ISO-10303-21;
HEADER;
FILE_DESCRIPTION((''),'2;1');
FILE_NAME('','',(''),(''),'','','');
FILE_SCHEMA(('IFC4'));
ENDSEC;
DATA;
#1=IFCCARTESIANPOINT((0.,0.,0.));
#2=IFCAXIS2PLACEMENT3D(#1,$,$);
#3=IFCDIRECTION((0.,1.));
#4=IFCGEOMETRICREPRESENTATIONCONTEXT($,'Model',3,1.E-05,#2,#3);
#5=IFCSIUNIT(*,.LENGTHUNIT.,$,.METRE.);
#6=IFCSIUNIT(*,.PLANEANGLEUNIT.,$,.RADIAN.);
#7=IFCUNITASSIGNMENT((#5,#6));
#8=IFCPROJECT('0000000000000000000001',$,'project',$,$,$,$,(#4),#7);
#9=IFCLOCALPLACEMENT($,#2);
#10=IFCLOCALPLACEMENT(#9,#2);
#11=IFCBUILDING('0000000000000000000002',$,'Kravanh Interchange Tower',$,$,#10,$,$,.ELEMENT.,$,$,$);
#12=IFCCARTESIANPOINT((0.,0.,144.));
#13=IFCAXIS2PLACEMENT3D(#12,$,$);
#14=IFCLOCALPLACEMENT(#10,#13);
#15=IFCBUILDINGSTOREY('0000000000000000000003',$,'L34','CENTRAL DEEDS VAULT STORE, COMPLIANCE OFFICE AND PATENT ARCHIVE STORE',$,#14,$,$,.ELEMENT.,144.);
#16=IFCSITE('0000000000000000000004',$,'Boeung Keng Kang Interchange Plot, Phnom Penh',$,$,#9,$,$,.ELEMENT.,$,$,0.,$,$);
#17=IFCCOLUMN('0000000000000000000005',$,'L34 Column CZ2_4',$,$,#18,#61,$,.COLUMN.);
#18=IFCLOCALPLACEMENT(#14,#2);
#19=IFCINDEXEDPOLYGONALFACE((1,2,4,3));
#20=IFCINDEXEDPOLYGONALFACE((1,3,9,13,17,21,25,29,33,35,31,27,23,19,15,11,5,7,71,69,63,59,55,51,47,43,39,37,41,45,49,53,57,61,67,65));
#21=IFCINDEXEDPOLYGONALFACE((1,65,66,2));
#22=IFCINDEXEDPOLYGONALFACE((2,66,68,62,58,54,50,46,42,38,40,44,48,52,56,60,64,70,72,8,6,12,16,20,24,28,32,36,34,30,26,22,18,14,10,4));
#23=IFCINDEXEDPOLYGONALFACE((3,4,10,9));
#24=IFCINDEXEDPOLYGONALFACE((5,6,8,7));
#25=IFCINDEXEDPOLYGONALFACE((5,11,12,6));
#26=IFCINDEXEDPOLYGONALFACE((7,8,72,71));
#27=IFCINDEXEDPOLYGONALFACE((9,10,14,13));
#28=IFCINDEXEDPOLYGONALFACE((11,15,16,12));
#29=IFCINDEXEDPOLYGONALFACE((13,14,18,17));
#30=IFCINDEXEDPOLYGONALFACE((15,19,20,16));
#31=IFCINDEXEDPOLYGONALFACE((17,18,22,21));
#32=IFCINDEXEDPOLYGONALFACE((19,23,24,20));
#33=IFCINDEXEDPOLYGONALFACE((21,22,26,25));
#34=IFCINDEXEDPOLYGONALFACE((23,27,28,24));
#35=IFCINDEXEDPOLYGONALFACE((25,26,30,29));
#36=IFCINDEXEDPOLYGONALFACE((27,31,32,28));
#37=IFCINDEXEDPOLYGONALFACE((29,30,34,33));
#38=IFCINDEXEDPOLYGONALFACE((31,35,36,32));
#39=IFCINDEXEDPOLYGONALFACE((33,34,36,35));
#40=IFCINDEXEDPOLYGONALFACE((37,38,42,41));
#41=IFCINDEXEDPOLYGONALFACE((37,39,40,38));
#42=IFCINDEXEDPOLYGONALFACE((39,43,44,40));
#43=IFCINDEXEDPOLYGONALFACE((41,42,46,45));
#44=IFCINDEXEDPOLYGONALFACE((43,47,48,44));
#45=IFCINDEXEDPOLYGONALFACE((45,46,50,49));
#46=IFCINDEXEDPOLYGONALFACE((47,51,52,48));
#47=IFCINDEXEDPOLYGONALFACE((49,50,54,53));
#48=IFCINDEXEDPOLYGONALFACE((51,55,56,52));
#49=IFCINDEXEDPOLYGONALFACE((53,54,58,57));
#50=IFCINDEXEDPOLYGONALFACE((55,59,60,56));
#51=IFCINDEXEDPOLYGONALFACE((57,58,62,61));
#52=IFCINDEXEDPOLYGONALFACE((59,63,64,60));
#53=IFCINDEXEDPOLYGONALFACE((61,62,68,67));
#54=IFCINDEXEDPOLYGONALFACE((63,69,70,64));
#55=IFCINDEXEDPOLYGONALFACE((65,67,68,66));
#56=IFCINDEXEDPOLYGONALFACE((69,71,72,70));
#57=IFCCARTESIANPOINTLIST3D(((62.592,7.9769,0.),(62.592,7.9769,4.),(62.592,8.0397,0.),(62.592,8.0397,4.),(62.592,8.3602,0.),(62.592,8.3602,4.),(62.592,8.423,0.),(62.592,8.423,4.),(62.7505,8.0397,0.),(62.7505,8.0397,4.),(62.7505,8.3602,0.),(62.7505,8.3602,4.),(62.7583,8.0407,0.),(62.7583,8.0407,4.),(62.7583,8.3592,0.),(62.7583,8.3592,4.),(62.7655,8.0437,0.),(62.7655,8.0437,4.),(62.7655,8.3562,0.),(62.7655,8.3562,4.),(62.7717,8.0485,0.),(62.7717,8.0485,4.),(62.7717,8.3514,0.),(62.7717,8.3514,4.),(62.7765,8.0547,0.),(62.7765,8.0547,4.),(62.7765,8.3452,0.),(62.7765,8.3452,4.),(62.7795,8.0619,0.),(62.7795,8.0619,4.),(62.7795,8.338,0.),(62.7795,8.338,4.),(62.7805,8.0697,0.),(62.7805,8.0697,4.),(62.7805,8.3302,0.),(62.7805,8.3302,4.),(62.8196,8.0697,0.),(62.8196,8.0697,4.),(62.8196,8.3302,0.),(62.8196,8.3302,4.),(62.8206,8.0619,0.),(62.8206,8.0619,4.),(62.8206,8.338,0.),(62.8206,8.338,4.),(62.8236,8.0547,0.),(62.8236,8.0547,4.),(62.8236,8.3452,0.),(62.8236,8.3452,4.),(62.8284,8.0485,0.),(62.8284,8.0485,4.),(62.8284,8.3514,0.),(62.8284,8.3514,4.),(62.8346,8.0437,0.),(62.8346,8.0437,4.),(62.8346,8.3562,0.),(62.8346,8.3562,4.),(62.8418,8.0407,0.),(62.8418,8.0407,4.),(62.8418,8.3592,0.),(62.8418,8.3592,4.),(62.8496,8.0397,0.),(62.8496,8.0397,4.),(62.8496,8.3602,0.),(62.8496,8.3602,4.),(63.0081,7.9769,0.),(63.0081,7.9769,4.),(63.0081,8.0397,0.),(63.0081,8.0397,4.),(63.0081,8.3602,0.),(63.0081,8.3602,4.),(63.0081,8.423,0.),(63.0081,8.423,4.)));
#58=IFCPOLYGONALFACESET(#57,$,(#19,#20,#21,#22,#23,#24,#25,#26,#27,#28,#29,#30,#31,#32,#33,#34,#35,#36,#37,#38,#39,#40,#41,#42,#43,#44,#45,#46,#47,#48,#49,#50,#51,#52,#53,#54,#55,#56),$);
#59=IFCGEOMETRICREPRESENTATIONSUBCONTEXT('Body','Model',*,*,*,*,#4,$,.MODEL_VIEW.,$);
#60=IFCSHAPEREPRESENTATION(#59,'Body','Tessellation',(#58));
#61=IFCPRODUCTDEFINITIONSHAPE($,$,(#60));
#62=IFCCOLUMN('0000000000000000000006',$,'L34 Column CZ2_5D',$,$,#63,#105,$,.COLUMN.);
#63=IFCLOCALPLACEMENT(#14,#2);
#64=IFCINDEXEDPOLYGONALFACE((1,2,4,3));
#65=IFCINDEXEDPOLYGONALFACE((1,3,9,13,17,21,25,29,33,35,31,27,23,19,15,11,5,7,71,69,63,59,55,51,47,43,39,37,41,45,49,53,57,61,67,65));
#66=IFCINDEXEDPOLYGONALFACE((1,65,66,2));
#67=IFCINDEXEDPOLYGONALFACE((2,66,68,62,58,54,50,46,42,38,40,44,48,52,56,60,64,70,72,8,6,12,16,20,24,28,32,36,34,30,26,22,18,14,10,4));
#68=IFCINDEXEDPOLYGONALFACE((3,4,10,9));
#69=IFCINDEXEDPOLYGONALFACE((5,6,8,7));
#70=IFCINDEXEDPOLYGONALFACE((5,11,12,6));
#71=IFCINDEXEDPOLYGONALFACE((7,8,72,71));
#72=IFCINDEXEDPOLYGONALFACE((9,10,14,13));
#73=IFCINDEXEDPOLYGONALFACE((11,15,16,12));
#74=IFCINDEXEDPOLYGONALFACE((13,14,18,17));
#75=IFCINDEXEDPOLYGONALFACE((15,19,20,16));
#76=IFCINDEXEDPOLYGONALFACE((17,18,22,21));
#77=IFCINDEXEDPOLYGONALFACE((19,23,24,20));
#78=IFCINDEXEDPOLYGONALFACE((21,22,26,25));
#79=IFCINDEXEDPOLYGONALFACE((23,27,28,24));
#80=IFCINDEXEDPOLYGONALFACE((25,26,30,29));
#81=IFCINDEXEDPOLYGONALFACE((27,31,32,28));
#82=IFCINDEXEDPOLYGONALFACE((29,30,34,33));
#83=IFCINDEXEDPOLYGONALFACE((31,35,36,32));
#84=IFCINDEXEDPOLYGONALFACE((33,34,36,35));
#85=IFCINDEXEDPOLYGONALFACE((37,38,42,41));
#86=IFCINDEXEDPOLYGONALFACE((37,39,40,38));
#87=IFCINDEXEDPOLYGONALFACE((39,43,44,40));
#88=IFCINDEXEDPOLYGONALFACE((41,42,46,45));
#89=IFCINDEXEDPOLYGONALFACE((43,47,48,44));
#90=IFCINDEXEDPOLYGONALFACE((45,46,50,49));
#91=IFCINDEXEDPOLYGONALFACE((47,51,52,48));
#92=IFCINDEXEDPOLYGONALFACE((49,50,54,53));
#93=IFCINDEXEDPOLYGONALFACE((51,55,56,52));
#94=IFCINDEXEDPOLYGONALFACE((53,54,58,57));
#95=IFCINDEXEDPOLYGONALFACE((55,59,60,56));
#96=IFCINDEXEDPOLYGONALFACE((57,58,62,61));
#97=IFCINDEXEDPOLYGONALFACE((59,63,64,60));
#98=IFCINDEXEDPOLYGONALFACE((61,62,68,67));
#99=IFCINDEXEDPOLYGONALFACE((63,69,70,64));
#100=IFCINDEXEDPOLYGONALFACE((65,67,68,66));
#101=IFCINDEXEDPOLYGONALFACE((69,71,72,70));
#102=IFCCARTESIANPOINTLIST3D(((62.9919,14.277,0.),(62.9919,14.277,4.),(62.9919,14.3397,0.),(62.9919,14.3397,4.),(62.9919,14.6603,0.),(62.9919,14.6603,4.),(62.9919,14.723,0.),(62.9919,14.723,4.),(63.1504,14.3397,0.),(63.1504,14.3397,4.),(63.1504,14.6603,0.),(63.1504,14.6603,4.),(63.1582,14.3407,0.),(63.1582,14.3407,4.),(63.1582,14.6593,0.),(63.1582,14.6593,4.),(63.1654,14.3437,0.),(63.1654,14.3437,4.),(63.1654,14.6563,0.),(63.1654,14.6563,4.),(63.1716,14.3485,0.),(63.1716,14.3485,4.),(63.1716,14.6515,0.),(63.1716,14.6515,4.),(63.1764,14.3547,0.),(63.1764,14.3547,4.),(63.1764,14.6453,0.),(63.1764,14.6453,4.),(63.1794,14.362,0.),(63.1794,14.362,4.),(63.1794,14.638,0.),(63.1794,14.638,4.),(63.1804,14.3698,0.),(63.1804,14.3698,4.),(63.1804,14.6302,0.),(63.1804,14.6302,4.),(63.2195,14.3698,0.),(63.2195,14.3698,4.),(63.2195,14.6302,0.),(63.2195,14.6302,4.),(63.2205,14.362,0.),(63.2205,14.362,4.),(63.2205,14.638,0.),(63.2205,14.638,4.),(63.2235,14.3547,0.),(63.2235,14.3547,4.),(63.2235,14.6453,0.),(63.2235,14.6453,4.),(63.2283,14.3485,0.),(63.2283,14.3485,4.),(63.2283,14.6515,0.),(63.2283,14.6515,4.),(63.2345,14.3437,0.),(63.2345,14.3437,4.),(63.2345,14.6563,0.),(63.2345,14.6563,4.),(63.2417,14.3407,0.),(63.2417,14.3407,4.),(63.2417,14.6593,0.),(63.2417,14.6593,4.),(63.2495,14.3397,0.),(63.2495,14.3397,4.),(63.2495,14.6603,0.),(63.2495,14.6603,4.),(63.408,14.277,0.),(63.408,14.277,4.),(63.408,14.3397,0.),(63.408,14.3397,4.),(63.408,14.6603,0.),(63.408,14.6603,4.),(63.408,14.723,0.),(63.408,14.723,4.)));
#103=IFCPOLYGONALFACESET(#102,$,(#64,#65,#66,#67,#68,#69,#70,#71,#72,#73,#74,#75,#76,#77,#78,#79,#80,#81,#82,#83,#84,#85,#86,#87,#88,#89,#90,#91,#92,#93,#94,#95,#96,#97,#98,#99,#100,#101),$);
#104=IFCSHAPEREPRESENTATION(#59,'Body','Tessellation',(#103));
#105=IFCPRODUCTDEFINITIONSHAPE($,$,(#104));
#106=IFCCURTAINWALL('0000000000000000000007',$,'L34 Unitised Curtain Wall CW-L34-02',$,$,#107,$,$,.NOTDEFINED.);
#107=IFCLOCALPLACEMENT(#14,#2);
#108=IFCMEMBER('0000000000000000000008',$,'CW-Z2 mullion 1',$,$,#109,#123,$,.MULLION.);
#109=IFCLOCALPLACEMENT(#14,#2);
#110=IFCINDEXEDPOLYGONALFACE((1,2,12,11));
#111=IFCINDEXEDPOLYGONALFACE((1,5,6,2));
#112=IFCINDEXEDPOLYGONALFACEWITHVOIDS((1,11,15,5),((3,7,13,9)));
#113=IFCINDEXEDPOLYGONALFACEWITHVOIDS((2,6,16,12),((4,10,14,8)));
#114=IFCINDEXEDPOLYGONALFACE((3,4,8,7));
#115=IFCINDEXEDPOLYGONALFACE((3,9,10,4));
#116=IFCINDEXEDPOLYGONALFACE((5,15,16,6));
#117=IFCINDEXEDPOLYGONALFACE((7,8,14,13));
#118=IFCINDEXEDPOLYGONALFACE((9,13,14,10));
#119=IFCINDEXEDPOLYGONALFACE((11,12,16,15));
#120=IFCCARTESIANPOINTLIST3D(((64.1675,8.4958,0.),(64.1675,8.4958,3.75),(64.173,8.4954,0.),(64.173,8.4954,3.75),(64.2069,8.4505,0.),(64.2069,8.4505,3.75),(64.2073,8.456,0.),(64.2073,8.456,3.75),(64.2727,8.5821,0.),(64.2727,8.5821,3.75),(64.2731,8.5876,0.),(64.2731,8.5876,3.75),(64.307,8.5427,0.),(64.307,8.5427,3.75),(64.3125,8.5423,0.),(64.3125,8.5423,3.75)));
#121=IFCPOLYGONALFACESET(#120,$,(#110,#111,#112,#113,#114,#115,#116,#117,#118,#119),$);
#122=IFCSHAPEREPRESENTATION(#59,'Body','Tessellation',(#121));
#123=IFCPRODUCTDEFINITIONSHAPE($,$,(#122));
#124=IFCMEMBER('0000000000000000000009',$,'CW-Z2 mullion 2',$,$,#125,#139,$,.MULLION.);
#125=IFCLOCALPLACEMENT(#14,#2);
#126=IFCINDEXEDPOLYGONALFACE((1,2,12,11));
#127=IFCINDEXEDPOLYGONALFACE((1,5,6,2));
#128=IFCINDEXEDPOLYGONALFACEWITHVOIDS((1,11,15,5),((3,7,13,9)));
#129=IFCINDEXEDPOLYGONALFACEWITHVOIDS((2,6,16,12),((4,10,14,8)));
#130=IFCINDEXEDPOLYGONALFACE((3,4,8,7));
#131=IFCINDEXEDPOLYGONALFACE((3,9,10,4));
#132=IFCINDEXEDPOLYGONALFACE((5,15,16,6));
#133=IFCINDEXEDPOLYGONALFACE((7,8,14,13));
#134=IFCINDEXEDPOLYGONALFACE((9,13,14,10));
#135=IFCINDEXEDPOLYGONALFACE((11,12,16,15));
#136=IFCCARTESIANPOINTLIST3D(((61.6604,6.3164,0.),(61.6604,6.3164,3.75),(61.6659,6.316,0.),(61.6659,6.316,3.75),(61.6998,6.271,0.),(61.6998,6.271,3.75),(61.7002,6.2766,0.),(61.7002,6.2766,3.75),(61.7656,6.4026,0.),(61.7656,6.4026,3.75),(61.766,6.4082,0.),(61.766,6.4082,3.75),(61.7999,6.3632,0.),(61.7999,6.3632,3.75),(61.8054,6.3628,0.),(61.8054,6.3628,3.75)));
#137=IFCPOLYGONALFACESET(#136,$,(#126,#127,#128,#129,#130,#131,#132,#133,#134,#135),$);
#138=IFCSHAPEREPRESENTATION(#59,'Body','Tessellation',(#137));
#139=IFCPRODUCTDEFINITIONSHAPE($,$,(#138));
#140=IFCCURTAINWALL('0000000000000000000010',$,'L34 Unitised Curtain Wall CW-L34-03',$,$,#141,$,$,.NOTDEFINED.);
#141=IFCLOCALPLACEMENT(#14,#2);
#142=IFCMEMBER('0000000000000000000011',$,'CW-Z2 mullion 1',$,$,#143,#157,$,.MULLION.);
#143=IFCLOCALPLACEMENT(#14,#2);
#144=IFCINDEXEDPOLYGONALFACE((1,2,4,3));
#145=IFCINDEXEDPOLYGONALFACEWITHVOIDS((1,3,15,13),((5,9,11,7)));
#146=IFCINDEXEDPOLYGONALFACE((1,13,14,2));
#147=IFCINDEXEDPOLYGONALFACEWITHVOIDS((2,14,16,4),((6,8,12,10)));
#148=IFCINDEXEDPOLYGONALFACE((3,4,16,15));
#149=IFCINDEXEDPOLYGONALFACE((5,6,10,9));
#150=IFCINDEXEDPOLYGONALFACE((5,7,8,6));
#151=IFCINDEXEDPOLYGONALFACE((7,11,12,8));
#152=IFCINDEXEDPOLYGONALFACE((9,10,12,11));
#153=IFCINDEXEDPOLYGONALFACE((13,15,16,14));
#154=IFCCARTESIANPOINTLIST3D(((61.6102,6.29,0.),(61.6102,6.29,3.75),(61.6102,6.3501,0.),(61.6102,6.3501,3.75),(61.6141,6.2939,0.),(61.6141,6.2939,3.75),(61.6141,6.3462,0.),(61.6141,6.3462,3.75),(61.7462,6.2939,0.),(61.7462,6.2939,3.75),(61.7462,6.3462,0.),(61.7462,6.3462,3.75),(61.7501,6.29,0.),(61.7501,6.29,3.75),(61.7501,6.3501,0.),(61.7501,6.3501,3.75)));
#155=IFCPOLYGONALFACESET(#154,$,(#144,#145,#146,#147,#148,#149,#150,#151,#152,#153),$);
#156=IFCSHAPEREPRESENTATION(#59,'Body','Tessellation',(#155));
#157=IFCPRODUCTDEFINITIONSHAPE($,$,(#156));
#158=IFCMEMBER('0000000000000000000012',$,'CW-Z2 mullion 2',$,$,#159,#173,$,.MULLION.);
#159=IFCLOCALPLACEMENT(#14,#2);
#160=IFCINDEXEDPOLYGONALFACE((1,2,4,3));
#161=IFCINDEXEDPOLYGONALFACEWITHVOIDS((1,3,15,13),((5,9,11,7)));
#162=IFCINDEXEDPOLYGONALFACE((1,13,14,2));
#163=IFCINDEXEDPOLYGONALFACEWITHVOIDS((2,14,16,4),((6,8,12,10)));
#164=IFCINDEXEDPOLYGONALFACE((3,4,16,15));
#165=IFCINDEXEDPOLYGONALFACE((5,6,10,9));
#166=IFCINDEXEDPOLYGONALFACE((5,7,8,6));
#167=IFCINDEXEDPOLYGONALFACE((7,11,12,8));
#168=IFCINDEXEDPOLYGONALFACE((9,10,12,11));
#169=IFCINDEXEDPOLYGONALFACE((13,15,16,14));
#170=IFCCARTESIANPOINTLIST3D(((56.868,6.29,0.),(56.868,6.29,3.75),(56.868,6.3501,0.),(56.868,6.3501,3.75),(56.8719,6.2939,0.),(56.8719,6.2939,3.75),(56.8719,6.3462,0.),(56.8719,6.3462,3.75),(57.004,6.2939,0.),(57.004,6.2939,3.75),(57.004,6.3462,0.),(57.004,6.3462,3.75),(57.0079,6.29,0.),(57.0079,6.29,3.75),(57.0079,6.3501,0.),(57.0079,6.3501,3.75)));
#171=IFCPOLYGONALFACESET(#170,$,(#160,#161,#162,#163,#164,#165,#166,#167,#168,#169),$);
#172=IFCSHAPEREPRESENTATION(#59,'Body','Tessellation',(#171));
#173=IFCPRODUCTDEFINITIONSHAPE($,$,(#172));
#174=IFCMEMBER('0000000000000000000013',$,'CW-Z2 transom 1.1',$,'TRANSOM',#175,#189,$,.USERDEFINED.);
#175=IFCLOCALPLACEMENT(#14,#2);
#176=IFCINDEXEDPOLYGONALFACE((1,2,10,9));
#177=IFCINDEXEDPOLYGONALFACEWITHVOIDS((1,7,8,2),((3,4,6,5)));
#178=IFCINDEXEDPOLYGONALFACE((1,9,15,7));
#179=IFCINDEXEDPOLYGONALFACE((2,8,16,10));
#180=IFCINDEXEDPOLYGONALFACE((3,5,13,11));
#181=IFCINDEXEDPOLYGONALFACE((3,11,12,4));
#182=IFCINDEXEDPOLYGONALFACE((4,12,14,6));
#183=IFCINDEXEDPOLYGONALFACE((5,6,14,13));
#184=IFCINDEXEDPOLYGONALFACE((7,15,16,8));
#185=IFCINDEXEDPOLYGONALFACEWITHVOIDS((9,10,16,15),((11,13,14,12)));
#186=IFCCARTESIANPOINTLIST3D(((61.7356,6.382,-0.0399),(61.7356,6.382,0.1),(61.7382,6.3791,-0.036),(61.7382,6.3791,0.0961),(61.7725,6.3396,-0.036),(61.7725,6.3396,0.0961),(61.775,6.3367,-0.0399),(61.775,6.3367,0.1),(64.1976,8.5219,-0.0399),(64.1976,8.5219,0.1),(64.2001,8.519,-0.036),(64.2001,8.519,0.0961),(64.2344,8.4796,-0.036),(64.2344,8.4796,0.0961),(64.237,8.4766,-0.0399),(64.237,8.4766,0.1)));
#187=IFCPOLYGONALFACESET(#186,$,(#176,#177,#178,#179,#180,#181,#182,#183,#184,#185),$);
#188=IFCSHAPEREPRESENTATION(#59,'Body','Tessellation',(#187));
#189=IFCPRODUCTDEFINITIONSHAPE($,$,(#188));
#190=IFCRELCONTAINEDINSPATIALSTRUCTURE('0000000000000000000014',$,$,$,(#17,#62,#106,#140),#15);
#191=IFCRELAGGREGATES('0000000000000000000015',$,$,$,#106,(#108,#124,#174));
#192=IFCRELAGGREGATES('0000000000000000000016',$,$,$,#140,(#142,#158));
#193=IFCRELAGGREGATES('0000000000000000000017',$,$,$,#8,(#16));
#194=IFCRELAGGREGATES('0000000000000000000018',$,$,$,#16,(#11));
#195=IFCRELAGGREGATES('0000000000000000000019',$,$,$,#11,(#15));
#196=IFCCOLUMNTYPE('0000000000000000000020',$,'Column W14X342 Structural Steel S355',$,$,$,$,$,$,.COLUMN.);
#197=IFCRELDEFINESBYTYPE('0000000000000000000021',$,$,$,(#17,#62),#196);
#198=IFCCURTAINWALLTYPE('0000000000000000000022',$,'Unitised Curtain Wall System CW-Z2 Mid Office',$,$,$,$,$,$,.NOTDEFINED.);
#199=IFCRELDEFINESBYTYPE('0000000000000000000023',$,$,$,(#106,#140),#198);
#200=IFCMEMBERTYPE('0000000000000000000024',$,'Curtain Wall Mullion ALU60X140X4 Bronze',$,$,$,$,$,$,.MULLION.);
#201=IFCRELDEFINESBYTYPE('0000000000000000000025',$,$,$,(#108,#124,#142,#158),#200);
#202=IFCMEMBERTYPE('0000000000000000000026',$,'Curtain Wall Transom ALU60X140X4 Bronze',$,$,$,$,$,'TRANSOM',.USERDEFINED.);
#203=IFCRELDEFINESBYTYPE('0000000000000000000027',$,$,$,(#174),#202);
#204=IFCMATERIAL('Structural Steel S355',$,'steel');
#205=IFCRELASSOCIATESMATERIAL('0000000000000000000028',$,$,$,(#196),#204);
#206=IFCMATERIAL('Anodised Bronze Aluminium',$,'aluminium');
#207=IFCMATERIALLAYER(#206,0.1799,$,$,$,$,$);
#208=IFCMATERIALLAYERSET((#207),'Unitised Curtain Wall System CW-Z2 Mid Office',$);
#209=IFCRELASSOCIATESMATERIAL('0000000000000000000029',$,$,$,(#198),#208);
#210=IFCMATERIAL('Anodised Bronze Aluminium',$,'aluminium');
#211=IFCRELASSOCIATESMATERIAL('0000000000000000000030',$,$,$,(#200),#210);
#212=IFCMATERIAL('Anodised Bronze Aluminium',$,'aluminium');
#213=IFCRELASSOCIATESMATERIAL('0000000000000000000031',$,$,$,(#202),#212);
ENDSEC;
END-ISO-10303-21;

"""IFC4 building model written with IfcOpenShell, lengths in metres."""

from ifc_helpers import new_model, si_unit, direction, frame, origin, origin_2d, place, context, subcontext, project, spatial, hollow_rectangle, i_section, extrude, material, layer, layer_set, material_profile, profile_set, type_object, element, aggregate, save


model = new_model("IFC4")

# Units and contexts
model_context = context("Model", 3, precision=1e-05, world=origin(), true_north=direction((0.0, 1.0)))
body_context = subcontext(model_context, "Body", "Model", "MODEL_VIEW")
ifc_project = project(units=[si_unit("LENGTHUNIT", "METRE"), si_unit("PLANEANGLEUNIT", "RADIAN")], contexts=[model_context])

# Site, building, storey
site_placement = place(None, origin())
site = spatial("IfcSite", under=ifc_project, at=site_placement, Name="Boeung Keng Kang Interchange Plot, Phnom Penh", CompositionType="ELEMENT", RefElevation=0.0)
building_placement = place(site_placement, origin())
building = spatial("IfcBuilding", under=site, at=building_placement, Name="Kravanh Interchange Tower", CompositionType="ELEMENT")
storey_placement = place(building_placement, frame((0.0, 0.0, 144.0)))
storey = spatial("IfcBuildingStorey", under=building, at=storey_placement, Name="L34", Description="CENTRAL DEEDS VAULT STORE, COMPLIANCE OFFICE AND PATENT ARCHIVE STORE", CompositionType="ELEMENT", Elevation=144.0)

# Columns
ifc_material_1 = material(Name="Structural Steel S355", Category="steel")
ifc_material_profile_1 = material_profile(ifc_material_1, i_section(OverallWidth=0.416, OverallDepth=0.446, WebThickness=0.0391, FlangeThickness=0.0627, FilletRadius=0.03, at=origin_2d()), Name="W14X342")
ifc_profile_set_1 = profile_set([ifc_material_profile_1], Name="Structural Steel S355")
column_type = type_object("IfcColumnType", Name="Column W14X342 Structural Steel S355", PredefinedType="COLUMN", material=ifc_profile_set_1)
for number, where, z_axis, x_axis, name in (
    (1, (62.8, 8.2, 0.0), (0.0, 0.0, 1.0), (1.0, 0.0, 0.0), "L34 Column CZ2_4"),
    (2, (63.2, 14.5, 0.0), (0.0, 0.0, 1.0), (1.0, 0.0, 0.0), "L34 Column CZ2_5D"),
):
    element("IfcColumn", number, at=place(storey_placement, frame(where, z_axis=z_axis, x_axis=x_axis)), inside=storey, type_object=column_type, Name=name, PredefinedType="COLUMN", context=body_context, shape_type="SweptSolid", body=[
        extrude(i_section(OverallWidth=0.416, OverallDepth=0.446, WebThickness=0.0391, FlangeThickness=0.0627, FilletRadius=0.03, at=origin_2d()), origin(), (0.0, 0.0, 1.0), 4.0),
    ])

# Curtain walls, members
ifc_material_2 = material(Name="Anodised Bronze Aluminium", Category="aluminium")
ifc_layer_1 = layer(ifc_material_2, 0.1799)
ifc_layer_set_1 = layer_set([ifc_layer_1], Name="Unitised Curtain Wall System CW-Z2 Mid Office")
curtain_wall_type = type_object("IfcCurtainWallType", Name="Unitised Curtain Wall System CW-Z2 Mid Office", PredefinedType="NOTDEFINED", material=ifc_layer_set_1)
curtain_wall_1_placement = place(storey_placement, origin())
curtain_wall_1 = element("IfcCurtainWall", 3, at=curtain_wall_1_placement, inside=storey, type_object=curtain_wall_type, Name="L34 Unitised Curtain Wall CW-L34-02", PredefinedType="NOTDEFINED")
ifc_material_3 = material(Name="Anodised Bronze Aluminium", Category="aluminium")
ifc_material_profile_2 = material_profile(ifc_material_3, hollow_rectangle(XDim=0.0601, YDim=0.1399, WallThickness=0.0039, at=origin_2d()), Name="ALU60X140X4")
ifc_profile_set_2 = profile_set([ifc_material_profile_2], Name="Anodised Bronze Aluminium")
member_type_1 = type_object("IfcMemberType", Name="Curtain Wall Mullion ALU60X140X4 Bronze", PredefinedType="MULLION", material=ifc_profile_set_2)
member_1_placement = place(storey_placement, frame((64.24, 8.519, 0.0), z_axis=(0.0, 0.0, 1.0), x_axis=(0.656048, -0.754719, 0.0)))
member_1 = element("IfcMember", 4, at=member_1_placement, type_object=member_type_1, Name="CW-Z2 mullion 1", PredefinedType="MULLION", context=body_context, shape_type="SweptSolid", body=[
    extrude(hollow_rectangle(XDim=0.0601, YDim=0.1399, WallThickness=0.0039, at=origin_2d()), origin(), (0.0, 0.0, 1.0), 3.75),
])
member_2_placement = place(storey_placement, frame((61.7329, 6.3396, 0.0), z_axis=(0.0, 0.0, 1.0), x_axis=(0.656048, -0.754719, 0.0)))
member_2 = element("IfcMember", 5, at=member_2_placement, type_object=member_type_1, Name="CW-Z2 mullion 2", PredefinedType="MULLION", context=body_context, shape_type="SweptSolid", body=[
    extrude(hollow_rectangle(XDim=0.0601, YDim=0.1399, WallThickness=0.0039, at=origin_2d()), origin(), (0.0, 0.0, 1.0), 3.75),
])
curtain_wall_2_placement = place(storey_placement, origin())
curtain_wall_2 = element("IfcCurtainWall", 6, at=curtain_wall_2_placement, inside=storey, type_object=curtain_wall_type, Name="L34 Unitised Curtain Wall CW-L34-03", PredefinedType="NOTDEFINED")
member_3_placement = place(storey_placement, frame((61.6802, 6.3201, 0.0), z_axis=(0.0, 0.0, 1.0), x_axis=(0.0, -1.0, 0.0)))
member_3 = element("IfcMember", 7, at=member_3_placement, type_object=member_type_1, Name="CW-Z2 mullion 1", PredefinedType="MULLION", context=body_context, shape_type="SweptSolid", body=[
    extrude(hollow_rectangle(XDim=0.0601, YDim=0.1399, WallThickness=0.0039, at=origin_2d()), origin(), (0.0, 0.0, 1.0), 3.75),
])
member_4_placement = place(storey_placement, frame((56.938, 6.3201, 0.0), z_axis=(0.0, 0.0, 1.0), x_axis=(0.0, -1.0, 0.0)))
member_4 = element("IfcMember", 8, at=member_4_placement, type_object=member_type_1, Name="CW-Z2 mullion 2", PredefinedType="MULLION", context=body_context, shape_type="SweptSolid", body=[
    extrude(hollow_rectangle(XDim=0.0601, YDim=0.1399, WallThickness=0.0039, at=origin_2d()), origin(), (0.0, 0.0, 1.0), 3.75),
])

# Member
ifc_material_4 = material(Name="Anodised Bronze Aluminium", Category="aluminium")
ifc_material_profile_3 = material_profile(ifc_material_4, hollow_rectangle(XDim=0.0601, YDim=0.1399, WallThickness=0.0039, at=origin_2d()), Name="ALU60X140X4")
ifc_profile_set_3 = profile_set([ifc_material_profile_3], Name="Anodised Bronze Aluminium")
member_type_2 = type_object("IfcMemberType", Name="Curtain Wall Transom ALU60X140X4 Bronze", ElementType="TRANSOM", PredefinedType="USERDEFINED", material=ifc_profile_set_3)
member_5_placement = place(storey_placement, frame((64.2173, 8.4993, 0.03), z_axis=(-0.754742, -0.656021, 0.0), x_axis=(0.656021, -0.754742, 0.0)))
member_5 = element("IfcMember", 9, at=member_5_placement, type_object=member_type_2, Name="CW-Z2 transom 1.1", ObjectType="TRANSOM", PredefinedType="USERDEFINED", context=body_context, shape_type="SweptSolid", body=[
    extrude(hollow_rectangle(XDim=0.0601, YDim=0.1399, WallThickness=0.0039, at=origin_2d()), origin(), (0.0, 0.0, 1.0), 3.262),
])

aggregate(curtain_wall_1, [member_1, member_2, member_5])
aggregate(curtain_wall_2, [member_3, member_4])

save(model, "model.ifc")
